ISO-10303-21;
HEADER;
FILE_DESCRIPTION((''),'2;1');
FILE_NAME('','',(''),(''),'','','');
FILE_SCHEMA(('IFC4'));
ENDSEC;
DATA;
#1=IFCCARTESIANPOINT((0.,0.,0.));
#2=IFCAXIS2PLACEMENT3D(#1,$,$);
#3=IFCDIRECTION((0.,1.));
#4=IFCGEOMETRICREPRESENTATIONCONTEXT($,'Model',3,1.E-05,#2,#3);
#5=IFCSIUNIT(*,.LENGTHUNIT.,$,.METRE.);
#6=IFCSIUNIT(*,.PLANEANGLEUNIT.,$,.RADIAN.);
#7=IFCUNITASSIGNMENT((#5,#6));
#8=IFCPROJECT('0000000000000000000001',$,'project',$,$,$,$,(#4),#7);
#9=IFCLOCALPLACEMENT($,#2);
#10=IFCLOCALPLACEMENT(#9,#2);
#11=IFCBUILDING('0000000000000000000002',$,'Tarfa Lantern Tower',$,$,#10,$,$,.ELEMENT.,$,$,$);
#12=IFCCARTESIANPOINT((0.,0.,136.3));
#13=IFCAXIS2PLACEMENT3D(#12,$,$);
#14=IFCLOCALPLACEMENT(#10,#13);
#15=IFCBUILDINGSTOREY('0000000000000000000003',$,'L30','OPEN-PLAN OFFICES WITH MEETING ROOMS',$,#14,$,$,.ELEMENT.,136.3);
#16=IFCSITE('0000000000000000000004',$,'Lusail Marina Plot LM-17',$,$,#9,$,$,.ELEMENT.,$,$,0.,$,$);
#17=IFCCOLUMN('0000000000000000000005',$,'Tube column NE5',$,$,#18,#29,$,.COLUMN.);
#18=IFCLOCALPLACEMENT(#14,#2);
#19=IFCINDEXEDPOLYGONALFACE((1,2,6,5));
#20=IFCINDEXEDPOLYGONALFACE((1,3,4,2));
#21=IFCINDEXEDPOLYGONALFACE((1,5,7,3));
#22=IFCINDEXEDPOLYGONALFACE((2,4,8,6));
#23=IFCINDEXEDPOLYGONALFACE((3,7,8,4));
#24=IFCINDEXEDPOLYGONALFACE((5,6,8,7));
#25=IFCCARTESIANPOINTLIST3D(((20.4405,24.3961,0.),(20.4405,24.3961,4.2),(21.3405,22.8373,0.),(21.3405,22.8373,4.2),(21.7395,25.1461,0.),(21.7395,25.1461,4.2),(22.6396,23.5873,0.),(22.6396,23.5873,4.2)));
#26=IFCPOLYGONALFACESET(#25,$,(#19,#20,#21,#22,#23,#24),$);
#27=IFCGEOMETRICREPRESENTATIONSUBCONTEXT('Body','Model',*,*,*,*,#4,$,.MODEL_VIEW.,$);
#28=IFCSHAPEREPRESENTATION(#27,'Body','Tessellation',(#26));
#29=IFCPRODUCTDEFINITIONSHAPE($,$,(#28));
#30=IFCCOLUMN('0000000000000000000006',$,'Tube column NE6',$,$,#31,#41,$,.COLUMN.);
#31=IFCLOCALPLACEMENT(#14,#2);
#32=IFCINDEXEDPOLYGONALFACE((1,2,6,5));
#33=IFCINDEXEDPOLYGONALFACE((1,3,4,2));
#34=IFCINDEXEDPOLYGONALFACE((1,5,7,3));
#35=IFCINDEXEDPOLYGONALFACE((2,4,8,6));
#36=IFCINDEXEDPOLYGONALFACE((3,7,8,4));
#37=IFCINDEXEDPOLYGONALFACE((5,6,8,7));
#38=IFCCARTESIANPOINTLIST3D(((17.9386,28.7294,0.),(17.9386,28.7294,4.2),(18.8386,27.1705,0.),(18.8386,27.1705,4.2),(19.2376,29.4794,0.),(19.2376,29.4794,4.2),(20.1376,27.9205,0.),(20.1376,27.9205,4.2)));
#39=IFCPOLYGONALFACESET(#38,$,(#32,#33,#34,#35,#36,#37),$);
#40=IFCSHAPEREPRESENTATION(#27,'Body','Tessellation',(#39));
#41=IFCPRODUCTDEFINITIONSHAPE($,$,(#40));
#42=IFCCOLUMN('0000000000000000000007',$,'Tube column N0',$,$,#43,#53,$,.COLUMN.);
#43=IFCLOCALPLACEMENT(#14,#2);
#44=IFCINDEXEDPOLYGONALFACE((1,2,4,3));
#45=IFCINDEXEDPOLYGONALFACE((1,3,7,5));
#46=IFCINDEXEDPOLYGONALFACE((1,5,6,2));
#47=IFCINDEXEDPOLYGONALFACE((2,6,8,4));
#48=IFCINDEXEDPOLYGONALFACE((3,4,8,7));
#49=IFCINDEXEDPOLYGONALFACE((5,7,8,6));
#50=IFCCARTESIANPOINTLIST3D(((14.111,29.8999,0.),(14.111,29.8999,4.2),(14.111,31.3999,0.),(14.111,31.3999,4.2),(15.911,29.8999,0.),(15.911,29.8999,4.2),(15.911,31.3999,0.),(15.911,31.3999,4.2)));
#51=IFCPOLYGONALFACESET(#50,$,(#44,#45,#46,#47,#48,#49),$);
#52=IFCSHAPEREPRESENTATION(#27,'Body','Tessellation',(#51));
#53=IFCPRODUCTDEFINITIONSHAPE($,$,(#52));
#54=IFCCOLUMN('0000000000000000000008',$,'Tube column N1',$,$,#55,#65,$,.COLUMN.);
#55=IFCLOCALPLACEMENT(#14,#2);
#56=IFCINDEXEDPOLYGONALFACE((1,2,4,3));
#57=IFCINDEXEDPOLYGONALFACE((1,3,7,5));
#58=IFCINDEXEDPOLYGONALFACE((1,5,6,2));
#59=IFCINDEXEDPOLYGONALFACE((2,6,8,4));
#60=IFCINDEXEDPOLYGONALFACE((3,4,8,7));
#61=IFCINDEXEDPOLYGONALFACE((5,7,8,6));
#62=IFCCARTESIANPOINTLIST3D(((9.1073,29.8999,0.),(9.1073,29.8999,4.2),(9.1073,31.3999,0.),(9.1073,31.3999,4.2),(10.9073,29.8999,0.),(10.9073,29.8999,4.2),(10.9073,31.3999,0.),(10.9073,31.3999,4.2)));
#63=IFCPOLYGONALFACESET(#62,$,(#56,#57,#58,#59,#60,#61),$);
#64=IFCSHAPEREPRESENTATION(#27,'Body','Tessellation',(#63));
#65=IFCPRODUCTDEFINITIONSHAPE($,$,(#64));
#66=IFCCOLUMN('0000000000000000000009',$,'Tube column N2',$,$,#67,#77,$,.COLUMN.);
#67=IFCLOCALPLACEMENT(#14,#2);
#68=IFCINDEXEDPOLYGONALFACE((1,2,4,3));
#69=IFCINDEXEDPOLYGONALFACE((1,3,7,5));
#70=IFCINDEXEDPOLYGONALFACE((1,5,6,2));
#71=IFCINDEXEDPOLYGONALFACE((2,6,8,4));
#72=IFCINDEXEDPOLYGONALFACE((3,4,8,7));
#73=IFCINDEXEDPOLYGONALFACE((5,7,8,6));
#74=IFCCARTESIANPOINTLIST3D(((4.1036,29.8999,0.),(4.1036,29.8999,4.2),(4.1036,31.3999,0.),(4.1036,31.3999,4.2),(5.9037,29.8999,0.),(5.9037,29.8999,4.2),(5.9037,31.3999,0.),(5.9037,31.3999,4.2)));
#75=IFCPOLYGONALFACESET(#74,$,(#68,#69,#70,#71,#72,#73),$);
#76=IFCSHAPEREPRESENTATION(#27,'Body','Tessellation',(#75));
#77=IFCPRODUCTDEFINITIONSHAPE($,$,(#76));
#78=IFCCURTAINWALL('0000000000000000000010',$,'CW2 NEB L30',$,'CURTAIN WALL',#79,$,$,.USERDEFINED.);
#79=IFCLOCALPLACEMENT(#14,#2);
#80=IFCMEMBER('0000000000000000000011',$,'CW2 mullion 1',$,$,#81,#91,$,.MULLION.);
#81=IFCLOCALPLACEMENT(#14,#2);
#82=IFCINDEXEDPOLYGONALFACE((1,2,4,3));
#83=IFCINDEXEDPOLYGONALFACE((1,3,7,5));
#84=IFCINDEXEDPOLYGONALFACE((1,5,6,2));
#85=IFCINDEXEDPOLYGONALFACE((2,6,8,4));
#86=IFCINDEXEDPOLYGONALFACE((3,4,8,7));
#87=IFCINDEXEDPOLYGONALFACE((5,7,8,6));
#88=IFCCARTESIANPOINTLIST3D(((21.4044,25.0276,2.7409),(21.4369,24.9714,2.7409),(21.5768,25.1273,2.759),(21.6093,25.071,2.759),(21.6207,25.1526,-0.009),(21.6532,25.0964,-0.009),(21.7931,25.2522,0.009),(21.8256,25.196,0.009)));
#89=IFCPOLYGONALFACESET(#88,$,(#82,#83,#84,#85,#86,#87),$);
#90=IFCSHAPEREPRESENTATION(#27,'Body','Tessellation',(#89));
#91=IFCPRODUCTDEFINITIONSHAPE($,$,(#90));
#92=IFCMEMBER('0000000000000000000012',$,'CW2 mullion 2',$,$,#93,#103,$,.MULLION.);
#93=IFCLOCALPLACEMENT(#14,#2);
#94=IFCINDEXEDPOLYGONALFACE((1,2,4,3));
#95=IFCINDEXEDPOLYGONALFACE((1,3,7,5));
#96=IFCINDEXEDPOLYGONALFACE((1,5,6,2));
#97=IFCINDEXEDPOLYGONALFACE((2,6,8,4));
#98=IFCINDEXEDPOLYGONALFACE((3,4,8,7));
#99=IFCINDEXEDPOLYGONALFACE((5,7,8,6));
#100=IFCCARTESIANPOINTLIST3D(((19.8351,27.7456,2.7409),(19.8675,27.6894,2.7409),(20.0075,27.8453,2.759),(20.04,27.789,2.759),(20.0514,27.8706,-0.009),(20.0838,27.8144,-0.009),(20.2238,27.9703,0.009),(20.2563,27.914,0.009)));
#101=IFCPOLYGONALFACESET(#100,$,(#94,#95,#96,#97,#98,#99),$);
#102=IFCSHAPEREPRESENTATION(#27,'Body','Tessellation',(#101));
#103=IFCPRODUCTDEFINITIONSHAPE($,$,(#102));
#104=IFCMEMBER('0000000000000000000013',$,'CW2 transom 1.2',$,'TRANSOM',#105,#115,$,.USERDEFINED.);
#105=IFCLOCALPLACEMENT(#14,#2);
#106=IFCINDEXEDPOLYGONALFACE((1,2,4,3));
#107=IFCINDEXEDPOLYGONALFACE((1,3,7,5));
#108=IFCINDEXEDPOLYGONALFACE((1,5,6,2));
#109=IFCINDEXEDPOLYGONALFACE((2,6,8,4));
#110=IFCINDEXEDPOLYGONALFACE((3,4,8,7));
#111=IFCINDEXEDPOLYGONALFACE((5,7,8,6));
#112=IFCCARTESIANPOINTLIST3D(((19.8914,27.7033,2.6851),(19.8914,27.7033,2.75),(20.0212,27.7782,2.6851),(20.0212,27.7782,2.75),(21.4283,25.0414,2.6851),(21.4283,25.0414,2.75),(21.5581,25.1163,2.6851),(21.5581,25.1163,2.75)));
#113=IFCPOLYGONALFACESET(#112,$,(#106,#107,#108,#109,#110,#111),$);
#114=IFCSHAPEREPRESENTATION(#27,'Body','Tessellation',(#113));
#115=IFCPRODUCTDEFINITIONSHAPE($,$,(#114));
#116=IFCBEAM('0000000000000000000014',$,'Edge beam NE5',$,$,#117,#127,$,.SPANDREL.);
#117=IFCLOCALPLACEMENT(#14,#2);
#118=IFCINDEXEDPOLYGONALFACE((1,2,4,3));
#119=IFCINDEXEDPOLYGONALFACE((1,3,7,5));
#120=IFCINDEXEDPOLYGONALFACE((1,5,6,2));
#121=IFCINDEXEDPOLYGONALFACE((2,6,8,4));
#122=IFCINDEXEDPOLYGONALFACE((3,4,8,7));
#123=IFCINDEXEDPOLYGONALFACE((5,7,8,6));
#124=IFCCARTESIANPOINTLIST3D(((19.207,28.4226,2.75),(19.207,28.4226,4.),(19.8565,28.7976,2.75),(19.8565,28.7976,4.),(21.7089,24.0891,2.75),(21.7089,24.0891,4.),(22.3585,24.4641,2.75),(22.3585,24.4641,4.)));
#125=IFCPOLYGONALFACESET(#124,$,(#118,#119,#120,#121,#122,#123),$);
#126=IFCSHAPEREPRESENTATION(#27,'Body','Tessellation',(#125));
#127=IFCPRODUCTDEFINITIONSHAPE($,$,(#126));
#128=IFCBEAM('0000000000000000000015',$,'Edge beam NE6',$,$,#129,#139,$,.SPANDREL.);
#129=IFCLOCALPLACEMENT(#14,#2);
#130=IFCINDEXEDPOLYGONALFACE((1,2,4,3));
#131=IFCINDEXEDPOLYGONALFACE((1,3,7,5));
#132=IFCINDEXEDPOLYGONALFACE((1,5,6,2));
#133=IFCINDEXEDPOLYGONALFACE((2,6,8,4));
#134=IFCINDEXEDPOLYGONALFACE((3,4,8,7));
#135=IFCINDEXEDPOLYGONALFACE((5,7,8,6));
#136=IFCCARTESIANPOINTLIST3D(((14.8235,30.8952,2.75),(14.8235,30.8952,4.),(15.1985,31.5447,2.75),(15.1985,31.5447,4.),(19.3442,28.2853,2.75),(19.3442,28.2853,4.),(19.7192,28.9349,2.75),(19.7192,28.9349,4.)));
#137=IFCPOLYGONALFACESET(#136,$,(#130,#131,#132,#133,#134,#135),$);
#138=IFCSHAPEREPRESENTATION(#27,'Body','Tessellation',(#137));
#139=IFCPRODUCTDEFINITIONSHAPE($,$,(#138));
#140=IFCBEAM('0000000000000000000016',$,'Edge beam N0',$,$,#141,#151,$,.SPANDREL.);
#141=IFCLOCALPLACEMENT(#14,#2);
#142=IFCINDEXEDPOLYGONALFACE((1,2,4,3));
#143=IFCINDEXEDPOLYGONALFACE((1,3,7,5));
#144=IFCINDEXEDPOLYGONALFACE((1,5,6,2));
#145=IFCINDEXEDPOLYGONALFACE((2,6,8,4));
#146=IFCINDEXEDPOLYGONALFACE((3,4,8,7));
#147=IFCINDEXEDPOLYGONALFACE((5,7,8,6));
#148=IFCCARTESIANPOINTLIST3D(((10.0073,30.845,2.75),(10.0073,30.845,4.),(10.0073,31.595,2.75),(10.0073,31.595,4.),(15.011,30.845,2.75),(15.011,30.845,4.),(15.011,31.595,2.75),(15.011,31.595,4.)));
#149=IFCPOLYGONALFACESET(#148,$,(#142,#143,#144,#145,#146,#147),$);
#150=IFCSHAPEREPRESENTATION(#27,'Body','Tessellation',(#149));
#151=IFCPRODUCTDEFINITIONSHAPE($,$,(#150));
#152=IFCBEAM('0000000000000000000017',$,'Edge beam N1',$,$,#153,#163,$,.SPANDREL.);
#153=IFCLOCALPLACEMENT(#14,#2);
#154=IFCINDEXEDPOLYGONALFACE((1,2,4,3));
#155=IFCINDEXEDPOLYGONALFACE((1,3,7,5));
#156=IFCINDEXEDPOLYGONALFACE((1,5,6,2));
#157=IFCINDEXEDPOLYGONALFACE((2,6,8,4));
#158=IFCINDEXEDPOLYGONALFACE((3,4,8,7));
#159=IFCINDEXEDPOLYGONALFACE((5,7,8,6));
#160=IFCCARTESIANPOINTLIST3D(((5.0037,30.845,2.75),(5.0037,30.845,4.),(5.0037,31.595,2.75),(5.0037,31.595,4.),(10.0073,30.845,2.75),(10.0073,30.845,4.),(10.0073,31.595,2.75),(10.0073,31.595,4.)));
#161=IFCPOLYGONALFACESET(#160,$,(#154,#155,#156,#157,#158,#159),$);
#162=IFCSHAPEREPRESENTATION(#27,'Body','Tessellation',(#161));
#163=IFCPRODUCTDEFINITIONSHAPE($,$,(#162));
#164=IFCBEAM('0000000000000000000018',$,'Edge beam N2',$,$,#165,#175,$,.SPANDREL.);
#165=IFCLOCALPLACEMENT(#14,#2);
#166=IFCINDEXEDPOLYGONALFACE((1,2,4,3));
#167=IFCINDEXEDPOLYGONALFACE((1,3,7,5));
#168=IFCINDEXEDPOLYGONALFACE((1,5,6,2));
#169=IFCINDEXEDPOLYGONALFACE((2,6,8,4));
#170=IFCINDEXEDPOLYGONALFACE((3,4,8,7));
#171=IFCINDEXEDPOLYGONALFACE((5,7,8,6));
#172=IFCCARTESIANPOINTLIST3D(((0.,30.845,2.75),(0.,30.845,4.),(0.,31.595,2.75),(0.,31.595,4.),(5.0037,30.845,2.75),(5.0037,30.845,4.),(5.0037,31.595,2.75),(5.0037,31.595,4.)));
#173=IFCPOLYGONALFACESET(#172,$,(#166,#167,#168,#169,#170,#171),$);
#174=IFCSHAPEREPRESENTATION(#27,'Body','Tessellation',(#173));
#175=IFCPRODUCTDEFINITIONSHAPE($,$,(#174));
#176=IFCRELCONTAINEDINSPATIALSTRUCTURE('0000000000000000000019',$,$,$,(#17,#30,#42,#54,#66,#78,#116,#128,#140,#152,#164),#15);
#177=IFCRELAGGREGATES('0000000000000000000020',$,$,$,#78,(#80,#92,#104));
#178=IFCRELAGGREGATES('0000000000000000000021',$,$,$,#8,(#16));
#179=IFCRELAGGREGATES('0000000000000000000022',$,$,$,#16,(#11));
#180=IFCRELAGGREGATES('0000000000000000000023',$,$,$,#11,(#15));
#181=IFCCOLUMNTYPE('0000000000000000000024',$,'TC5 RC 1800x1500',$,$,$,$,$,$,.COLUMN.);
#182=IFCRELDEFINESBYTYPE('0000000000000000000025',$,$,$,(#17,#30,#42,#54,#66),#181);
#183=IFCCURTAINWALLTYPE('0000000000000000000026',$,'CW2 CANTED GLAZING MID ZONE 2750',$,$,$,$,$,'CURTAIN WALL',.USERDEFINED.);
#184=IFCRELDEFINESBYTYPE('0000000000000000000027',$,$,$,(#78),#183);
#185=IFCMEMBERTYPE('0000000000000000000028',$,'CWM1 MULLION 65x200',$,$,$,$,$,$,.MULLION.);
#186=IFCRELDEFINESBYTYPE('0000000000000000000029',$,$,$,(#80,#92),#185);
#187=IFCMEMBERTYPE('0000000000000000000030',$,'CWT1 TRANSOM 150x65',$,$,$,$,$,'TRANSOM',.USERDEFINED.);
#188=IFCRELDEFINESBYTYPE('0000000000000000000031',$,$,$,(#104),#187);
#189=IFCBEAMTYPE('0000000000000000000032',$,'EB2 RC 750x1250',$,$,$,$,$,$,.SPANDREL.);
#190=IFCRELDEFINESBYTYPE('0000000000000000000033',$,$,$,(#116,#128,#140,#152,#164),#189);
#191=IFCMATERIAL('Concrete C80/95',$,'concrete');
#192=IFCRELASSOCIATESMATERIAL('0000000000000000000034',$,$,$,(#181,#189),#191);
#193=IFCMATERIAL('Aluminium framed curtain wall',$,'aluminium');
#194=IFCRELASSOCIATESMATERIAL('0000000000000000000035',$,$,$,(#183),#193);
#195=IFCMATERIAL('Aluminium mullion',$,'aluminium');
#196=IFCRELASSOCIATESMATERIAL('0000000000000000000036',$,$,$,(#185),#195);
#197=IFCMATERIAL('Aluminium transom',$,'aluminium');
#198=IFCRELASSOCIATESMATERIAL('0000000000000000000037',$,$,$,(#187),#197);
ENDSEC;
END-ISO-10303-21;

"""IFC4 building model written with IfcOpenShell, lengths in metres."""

from ifc_helpers import new_model, si_unit, direction, frame, origin, origin_2d, place, context, subcontext, project, spatial, rectangle, extrude, material, material_profile, profile_set, type_object, element, aggregate, save


model = new_model("IFC4")

# Units and contexts
model_context = context("Model", 3, precision=1e-05, world=origin(), true_north=direction((0.0, 1.0)))
body_context = subcontext(model_context, "Body", "Model", "MODEL_VIEW")
ifc_project = project(units=[si_unit("LENGTHUNIT", "METRE"), si_unit("PLANEANGLEUNIT", "RADIAN")], contexts=[model_context])

# Site, building, storey
site_placement = place(None, origin())
site = spatial("IfcSite", under=ifc_project, at=site_placement, Name="Lusail Marina Plot LM-17", CompositionType="ELEMENT", RefElevation=0.0)
building_placement = place(site_placement, origin())
building = spatial("IfcBuilding", under=site, at=building_placement, Name="Tarfa Lantern Tower", CompositionType="ELEMENT")
storey_placement = place(building_placement, frame((0.0, 0.0, 136.3)))
storey = spatial("IfcBuildingStorey", under=building, at=storey_placement, Name="L30", Description="OPEN-PLAN OFFICES WITH MEETING ROOMS", CompositionType="ELEMENT", Elevation=136.3)

# Columns
ifc_material_1 = material(Name="Concrete C80/95", Category="concrete")
ifc_material_profile_1 = material_profile(ifc_material_1, rectangle(XDim=1.8, YDim=1.5, at=origin_2d()), Name="RC 1800x1500")
ifc_profile_set_1 = profile_set([ifc_material_profile_1], Name="Concrete C80/95")
column_type = type_object("IfcColumnType", Name="TC5 RC 1800x1500", PredefinedType="COLUMN", material=ifc_profile_set_1)
for number, where, z_axis, x_axis, name in (
    (1, (21.54, 23.9917, 0.0), (0.0, 0.0, 1.0), (-0.5, 0.866025, 0.0), "Tube column NE5"),
    (2, (19.0381, 28.325, 0.0), (0.0, 0.0, 1.0), (-0.5, 0.866025, 0.0), "Tube column NE6"),
    (3, (15.011, 30.6499, 0.0), (0.0, 0.0, 1.0), (-1.0, 0.0, 0.0), "Tube column N0"),
    (4, (10.0073, 30.6499, 0.0), (0.0, 0.0, 1.0), (-1.0, 0.0, 0.0), "Tube column N1"),
    (5, (5.0037, 30.6499, 0.0), (0.0, 0.0, 1.0), (-1.0, 0.0, 0.0), "Tube column N2"),
):
    element("IfcColumn", number, at=place(storey_placement, frame(where, z_axis=z_axis, x_axis=x_axis)), inside=storey, type_object=column_type, Name=name, PredefinedType="COLUMN", context=body_context, shape_type="SweptSolid", body=[
        extrude(rectangle(XDim=1.8, YDim=1.5, at=origin_2d()), origin(), (0.0, 0.0, 1.0), 4.2),
    ])

# Curtain wall, members
ifc_material_2 = material(Name="Aluminium framed curtain wall", Category="aluminium")
curtain_wall_type = type_object("IfcCurtainWallType", Name="CW2 CANTED GLAZING MID ZONE 2750", ElementType="CURTAIN WALL", PredefinedType="USERDEFINED", material=ifc_material_2)
curtain_wall_placement = place(storey_placement, origin())
curtain_wall = element("IfcCurtainWall", 6, at=curtain_wall_placement, inside=storey, type_object=curtain_wall_type, Name="CW2 NEB L30", ObjectType="CURTAIN WALL", PredefinedType="USERDEFINED")
ifc_material_3 = material(Name="Aluminium mullion", Category="aluminium")
ifc_material_profile_2 = material_profile(ifc_material_3, rectangle(XDim=0.0649, YDim=0.2, at=origin_2d()), Name="AL MULLION 65x200")
ifc_profile_set_2 = profile_set([ifc_material_profile_2], Name="Aluminium mullion")
member_type_1 = type_object("IfcMemberType", Name="CWM1 MULLION 65x200", PredefinedType="MULLION", material=ifc_profile_set_2)
member_1_placement = place(storey_placement, frame((21.7231, 25.1743, 0.0), z_axis=(-0.078335, -0.045268, 0.995899), x_axis=(0.500343, -0.865827, 0.0)))
member_1 = element("IfcMember", 7, at=member_1_placement, type_object=member_type_1, Name="CW2 mullion 1", PredefinedType="MULLION", context=body_context, shape_type="SweptSolid", body=[
    extrude(rectangle(XDim=0.0649, YDim=0.2, at=origin_2d()), origin(), (0.0, 0.0, 1.0), 2.7612),
])
member_2_placement = place(storey_placement, frame((20.1538, 27.8923, 0.0), z_axis=(-0.078335, -0.045268, 0.995899), x_axis=(0.500343, -0.865827, 0.0)))
member_2 = element("IfcMember", 8, at=member_2_placement, type_object=member_type_1, Name="CW2 mullion 2", PredefinedType="MULLION", context=body_context, shape_type="SweptSolid", body=[
    extrude(rectangle(XDim=0.0649, YDim=0.2, at=origin_2d()), origin(), (0.0, 0.0, 1.0), 2.7612),
])
ifc_material_4 = material(Name="Aluminium transom", Category="aluminium")
ifc_material_profile_3 = material_profile(ifc_material_4, rectangle(XDim=0.1499, YDim=0.0649, at=origin_2d()), Name="AL TRANSOM 150x65")
ifc_profile_set_3 = profile_set([ifc_material_profile_3], Name="Aluminium transom")
member_type_2 = type_object("IfcMemberType", Name="CWT1 TRANSOM 150x65", ElementType="TRANSOM", PredefinedType="USERDEFINED", material=ifc_profile_set_3)
member_3_placement = place(storey_placement, frame((21.4932, 25.0789, 2.7175), z_axis=(-0.500009, 0.86602, 0.0), x_axis=(-0.86602, -0.500009, 0.0)))
member_3 = element("IfcMember", 9, at=member_3_placement, type_object=member_type_2, Name="CW2 transom 1.2", ObjectType="TRANSOM", PredefinedType="USERDEFINED", context=body_context, shape_type="SweptSolid", body=[
    extrude(rectangle(XDim=0.1499, YDim=0.0649, at=origin_2d()), origin(), (0.0, 0.0, 1.0), 3.0737),
])

# Beams
ifc_material_profile_4 = material_profile(ifc_material_1, rectangle(XDim=0.75, YDim=1.25, at=origin_2d()), Name="RC 750x1250")
ifc_profile_set_4 = profile_set([ifc_material_profile_4], Name="Concrete C80/95")
beam_type_1 = type_object("IfcBeamType", Name="EB2 RC 750x1250", PredefinedType="SPANDREL", material=ifc_profile_set_4)
beam_1_placement = place(storey_placement, frame((22.0337, 24.2766, 3.375), z_axis=(-0.500001, 0.866025, 0.0), x_axis=(-0.866025, -0.500001, 0.0)))
element("IfcBeam", 10, at=beam_1_placement, inside=storey, type_object=beam_type_1, Name="Edge beam NE5", PredefinedType="SPANDREL", context=body_context, shape_type="SweptSolid", body=[
    extrude(rectangle(XDim=0.75, YDim=1.25, at=origin_2d()), origin(), (0.0, 0.0, 1.0), 5.0039),
])
beam_2_placement = place(storey_placement, frame((19.5317, 28.6101, 3.375), z_axis=(-0.866042, 0.499972, 0.0), x_axis=(-0.499972, -0.866042, 0.0)))
element("IfcBeam", 11, at=beam_2_placement, inside=storey, type_object=beam_type_1, Name="Edge beam NE6", PredefinedType="SPANDREL", context=body_context, shape_type="SweptSolid", body=[
    extrude(rectangle(XDim=0.75, YDim=1.25, at=origin_2d()), origin(), (0.0, 0.0, 1.0), 5.22),
])
for number, where, z_axis, x_axis, name in (
    (12, (15.011, 31.22, 3.375), (-1.0, 0.0, 0.0), (0.0, -1.0, 0.0), "Edge beam N0"),
    (13, (10.0073, 31.22, 3.375), (-1.0, 0.0, 0.0), (0.0, -1.0, 0.0), "Edge beam N1"),
    (14, (5.0037, 31.22, 3.375), (-1.0, 0.0, 0.0), (0.0, -1.0, 0.0), "Edge beam N2"),
):
    element("IfcBeam", number, at=place(storey_placement, frame(where, z_axis=z_axis, x_axis=x_axis)), inside=storey, type_object=beam_type_1, Name=name, PredefinedType="SPANDREL", context=body_context, shape_type="SweptSolid", body=[
        extrude(rectangle(XDim=0.75, YDim=1.25, at=origin_2d()), origin(), (0.0, 0.0, 1.0), 5.0037),
    ])

aggregate(curtain_wall, [member_1, member_2, member_3])

save(model, "model.ifc")
